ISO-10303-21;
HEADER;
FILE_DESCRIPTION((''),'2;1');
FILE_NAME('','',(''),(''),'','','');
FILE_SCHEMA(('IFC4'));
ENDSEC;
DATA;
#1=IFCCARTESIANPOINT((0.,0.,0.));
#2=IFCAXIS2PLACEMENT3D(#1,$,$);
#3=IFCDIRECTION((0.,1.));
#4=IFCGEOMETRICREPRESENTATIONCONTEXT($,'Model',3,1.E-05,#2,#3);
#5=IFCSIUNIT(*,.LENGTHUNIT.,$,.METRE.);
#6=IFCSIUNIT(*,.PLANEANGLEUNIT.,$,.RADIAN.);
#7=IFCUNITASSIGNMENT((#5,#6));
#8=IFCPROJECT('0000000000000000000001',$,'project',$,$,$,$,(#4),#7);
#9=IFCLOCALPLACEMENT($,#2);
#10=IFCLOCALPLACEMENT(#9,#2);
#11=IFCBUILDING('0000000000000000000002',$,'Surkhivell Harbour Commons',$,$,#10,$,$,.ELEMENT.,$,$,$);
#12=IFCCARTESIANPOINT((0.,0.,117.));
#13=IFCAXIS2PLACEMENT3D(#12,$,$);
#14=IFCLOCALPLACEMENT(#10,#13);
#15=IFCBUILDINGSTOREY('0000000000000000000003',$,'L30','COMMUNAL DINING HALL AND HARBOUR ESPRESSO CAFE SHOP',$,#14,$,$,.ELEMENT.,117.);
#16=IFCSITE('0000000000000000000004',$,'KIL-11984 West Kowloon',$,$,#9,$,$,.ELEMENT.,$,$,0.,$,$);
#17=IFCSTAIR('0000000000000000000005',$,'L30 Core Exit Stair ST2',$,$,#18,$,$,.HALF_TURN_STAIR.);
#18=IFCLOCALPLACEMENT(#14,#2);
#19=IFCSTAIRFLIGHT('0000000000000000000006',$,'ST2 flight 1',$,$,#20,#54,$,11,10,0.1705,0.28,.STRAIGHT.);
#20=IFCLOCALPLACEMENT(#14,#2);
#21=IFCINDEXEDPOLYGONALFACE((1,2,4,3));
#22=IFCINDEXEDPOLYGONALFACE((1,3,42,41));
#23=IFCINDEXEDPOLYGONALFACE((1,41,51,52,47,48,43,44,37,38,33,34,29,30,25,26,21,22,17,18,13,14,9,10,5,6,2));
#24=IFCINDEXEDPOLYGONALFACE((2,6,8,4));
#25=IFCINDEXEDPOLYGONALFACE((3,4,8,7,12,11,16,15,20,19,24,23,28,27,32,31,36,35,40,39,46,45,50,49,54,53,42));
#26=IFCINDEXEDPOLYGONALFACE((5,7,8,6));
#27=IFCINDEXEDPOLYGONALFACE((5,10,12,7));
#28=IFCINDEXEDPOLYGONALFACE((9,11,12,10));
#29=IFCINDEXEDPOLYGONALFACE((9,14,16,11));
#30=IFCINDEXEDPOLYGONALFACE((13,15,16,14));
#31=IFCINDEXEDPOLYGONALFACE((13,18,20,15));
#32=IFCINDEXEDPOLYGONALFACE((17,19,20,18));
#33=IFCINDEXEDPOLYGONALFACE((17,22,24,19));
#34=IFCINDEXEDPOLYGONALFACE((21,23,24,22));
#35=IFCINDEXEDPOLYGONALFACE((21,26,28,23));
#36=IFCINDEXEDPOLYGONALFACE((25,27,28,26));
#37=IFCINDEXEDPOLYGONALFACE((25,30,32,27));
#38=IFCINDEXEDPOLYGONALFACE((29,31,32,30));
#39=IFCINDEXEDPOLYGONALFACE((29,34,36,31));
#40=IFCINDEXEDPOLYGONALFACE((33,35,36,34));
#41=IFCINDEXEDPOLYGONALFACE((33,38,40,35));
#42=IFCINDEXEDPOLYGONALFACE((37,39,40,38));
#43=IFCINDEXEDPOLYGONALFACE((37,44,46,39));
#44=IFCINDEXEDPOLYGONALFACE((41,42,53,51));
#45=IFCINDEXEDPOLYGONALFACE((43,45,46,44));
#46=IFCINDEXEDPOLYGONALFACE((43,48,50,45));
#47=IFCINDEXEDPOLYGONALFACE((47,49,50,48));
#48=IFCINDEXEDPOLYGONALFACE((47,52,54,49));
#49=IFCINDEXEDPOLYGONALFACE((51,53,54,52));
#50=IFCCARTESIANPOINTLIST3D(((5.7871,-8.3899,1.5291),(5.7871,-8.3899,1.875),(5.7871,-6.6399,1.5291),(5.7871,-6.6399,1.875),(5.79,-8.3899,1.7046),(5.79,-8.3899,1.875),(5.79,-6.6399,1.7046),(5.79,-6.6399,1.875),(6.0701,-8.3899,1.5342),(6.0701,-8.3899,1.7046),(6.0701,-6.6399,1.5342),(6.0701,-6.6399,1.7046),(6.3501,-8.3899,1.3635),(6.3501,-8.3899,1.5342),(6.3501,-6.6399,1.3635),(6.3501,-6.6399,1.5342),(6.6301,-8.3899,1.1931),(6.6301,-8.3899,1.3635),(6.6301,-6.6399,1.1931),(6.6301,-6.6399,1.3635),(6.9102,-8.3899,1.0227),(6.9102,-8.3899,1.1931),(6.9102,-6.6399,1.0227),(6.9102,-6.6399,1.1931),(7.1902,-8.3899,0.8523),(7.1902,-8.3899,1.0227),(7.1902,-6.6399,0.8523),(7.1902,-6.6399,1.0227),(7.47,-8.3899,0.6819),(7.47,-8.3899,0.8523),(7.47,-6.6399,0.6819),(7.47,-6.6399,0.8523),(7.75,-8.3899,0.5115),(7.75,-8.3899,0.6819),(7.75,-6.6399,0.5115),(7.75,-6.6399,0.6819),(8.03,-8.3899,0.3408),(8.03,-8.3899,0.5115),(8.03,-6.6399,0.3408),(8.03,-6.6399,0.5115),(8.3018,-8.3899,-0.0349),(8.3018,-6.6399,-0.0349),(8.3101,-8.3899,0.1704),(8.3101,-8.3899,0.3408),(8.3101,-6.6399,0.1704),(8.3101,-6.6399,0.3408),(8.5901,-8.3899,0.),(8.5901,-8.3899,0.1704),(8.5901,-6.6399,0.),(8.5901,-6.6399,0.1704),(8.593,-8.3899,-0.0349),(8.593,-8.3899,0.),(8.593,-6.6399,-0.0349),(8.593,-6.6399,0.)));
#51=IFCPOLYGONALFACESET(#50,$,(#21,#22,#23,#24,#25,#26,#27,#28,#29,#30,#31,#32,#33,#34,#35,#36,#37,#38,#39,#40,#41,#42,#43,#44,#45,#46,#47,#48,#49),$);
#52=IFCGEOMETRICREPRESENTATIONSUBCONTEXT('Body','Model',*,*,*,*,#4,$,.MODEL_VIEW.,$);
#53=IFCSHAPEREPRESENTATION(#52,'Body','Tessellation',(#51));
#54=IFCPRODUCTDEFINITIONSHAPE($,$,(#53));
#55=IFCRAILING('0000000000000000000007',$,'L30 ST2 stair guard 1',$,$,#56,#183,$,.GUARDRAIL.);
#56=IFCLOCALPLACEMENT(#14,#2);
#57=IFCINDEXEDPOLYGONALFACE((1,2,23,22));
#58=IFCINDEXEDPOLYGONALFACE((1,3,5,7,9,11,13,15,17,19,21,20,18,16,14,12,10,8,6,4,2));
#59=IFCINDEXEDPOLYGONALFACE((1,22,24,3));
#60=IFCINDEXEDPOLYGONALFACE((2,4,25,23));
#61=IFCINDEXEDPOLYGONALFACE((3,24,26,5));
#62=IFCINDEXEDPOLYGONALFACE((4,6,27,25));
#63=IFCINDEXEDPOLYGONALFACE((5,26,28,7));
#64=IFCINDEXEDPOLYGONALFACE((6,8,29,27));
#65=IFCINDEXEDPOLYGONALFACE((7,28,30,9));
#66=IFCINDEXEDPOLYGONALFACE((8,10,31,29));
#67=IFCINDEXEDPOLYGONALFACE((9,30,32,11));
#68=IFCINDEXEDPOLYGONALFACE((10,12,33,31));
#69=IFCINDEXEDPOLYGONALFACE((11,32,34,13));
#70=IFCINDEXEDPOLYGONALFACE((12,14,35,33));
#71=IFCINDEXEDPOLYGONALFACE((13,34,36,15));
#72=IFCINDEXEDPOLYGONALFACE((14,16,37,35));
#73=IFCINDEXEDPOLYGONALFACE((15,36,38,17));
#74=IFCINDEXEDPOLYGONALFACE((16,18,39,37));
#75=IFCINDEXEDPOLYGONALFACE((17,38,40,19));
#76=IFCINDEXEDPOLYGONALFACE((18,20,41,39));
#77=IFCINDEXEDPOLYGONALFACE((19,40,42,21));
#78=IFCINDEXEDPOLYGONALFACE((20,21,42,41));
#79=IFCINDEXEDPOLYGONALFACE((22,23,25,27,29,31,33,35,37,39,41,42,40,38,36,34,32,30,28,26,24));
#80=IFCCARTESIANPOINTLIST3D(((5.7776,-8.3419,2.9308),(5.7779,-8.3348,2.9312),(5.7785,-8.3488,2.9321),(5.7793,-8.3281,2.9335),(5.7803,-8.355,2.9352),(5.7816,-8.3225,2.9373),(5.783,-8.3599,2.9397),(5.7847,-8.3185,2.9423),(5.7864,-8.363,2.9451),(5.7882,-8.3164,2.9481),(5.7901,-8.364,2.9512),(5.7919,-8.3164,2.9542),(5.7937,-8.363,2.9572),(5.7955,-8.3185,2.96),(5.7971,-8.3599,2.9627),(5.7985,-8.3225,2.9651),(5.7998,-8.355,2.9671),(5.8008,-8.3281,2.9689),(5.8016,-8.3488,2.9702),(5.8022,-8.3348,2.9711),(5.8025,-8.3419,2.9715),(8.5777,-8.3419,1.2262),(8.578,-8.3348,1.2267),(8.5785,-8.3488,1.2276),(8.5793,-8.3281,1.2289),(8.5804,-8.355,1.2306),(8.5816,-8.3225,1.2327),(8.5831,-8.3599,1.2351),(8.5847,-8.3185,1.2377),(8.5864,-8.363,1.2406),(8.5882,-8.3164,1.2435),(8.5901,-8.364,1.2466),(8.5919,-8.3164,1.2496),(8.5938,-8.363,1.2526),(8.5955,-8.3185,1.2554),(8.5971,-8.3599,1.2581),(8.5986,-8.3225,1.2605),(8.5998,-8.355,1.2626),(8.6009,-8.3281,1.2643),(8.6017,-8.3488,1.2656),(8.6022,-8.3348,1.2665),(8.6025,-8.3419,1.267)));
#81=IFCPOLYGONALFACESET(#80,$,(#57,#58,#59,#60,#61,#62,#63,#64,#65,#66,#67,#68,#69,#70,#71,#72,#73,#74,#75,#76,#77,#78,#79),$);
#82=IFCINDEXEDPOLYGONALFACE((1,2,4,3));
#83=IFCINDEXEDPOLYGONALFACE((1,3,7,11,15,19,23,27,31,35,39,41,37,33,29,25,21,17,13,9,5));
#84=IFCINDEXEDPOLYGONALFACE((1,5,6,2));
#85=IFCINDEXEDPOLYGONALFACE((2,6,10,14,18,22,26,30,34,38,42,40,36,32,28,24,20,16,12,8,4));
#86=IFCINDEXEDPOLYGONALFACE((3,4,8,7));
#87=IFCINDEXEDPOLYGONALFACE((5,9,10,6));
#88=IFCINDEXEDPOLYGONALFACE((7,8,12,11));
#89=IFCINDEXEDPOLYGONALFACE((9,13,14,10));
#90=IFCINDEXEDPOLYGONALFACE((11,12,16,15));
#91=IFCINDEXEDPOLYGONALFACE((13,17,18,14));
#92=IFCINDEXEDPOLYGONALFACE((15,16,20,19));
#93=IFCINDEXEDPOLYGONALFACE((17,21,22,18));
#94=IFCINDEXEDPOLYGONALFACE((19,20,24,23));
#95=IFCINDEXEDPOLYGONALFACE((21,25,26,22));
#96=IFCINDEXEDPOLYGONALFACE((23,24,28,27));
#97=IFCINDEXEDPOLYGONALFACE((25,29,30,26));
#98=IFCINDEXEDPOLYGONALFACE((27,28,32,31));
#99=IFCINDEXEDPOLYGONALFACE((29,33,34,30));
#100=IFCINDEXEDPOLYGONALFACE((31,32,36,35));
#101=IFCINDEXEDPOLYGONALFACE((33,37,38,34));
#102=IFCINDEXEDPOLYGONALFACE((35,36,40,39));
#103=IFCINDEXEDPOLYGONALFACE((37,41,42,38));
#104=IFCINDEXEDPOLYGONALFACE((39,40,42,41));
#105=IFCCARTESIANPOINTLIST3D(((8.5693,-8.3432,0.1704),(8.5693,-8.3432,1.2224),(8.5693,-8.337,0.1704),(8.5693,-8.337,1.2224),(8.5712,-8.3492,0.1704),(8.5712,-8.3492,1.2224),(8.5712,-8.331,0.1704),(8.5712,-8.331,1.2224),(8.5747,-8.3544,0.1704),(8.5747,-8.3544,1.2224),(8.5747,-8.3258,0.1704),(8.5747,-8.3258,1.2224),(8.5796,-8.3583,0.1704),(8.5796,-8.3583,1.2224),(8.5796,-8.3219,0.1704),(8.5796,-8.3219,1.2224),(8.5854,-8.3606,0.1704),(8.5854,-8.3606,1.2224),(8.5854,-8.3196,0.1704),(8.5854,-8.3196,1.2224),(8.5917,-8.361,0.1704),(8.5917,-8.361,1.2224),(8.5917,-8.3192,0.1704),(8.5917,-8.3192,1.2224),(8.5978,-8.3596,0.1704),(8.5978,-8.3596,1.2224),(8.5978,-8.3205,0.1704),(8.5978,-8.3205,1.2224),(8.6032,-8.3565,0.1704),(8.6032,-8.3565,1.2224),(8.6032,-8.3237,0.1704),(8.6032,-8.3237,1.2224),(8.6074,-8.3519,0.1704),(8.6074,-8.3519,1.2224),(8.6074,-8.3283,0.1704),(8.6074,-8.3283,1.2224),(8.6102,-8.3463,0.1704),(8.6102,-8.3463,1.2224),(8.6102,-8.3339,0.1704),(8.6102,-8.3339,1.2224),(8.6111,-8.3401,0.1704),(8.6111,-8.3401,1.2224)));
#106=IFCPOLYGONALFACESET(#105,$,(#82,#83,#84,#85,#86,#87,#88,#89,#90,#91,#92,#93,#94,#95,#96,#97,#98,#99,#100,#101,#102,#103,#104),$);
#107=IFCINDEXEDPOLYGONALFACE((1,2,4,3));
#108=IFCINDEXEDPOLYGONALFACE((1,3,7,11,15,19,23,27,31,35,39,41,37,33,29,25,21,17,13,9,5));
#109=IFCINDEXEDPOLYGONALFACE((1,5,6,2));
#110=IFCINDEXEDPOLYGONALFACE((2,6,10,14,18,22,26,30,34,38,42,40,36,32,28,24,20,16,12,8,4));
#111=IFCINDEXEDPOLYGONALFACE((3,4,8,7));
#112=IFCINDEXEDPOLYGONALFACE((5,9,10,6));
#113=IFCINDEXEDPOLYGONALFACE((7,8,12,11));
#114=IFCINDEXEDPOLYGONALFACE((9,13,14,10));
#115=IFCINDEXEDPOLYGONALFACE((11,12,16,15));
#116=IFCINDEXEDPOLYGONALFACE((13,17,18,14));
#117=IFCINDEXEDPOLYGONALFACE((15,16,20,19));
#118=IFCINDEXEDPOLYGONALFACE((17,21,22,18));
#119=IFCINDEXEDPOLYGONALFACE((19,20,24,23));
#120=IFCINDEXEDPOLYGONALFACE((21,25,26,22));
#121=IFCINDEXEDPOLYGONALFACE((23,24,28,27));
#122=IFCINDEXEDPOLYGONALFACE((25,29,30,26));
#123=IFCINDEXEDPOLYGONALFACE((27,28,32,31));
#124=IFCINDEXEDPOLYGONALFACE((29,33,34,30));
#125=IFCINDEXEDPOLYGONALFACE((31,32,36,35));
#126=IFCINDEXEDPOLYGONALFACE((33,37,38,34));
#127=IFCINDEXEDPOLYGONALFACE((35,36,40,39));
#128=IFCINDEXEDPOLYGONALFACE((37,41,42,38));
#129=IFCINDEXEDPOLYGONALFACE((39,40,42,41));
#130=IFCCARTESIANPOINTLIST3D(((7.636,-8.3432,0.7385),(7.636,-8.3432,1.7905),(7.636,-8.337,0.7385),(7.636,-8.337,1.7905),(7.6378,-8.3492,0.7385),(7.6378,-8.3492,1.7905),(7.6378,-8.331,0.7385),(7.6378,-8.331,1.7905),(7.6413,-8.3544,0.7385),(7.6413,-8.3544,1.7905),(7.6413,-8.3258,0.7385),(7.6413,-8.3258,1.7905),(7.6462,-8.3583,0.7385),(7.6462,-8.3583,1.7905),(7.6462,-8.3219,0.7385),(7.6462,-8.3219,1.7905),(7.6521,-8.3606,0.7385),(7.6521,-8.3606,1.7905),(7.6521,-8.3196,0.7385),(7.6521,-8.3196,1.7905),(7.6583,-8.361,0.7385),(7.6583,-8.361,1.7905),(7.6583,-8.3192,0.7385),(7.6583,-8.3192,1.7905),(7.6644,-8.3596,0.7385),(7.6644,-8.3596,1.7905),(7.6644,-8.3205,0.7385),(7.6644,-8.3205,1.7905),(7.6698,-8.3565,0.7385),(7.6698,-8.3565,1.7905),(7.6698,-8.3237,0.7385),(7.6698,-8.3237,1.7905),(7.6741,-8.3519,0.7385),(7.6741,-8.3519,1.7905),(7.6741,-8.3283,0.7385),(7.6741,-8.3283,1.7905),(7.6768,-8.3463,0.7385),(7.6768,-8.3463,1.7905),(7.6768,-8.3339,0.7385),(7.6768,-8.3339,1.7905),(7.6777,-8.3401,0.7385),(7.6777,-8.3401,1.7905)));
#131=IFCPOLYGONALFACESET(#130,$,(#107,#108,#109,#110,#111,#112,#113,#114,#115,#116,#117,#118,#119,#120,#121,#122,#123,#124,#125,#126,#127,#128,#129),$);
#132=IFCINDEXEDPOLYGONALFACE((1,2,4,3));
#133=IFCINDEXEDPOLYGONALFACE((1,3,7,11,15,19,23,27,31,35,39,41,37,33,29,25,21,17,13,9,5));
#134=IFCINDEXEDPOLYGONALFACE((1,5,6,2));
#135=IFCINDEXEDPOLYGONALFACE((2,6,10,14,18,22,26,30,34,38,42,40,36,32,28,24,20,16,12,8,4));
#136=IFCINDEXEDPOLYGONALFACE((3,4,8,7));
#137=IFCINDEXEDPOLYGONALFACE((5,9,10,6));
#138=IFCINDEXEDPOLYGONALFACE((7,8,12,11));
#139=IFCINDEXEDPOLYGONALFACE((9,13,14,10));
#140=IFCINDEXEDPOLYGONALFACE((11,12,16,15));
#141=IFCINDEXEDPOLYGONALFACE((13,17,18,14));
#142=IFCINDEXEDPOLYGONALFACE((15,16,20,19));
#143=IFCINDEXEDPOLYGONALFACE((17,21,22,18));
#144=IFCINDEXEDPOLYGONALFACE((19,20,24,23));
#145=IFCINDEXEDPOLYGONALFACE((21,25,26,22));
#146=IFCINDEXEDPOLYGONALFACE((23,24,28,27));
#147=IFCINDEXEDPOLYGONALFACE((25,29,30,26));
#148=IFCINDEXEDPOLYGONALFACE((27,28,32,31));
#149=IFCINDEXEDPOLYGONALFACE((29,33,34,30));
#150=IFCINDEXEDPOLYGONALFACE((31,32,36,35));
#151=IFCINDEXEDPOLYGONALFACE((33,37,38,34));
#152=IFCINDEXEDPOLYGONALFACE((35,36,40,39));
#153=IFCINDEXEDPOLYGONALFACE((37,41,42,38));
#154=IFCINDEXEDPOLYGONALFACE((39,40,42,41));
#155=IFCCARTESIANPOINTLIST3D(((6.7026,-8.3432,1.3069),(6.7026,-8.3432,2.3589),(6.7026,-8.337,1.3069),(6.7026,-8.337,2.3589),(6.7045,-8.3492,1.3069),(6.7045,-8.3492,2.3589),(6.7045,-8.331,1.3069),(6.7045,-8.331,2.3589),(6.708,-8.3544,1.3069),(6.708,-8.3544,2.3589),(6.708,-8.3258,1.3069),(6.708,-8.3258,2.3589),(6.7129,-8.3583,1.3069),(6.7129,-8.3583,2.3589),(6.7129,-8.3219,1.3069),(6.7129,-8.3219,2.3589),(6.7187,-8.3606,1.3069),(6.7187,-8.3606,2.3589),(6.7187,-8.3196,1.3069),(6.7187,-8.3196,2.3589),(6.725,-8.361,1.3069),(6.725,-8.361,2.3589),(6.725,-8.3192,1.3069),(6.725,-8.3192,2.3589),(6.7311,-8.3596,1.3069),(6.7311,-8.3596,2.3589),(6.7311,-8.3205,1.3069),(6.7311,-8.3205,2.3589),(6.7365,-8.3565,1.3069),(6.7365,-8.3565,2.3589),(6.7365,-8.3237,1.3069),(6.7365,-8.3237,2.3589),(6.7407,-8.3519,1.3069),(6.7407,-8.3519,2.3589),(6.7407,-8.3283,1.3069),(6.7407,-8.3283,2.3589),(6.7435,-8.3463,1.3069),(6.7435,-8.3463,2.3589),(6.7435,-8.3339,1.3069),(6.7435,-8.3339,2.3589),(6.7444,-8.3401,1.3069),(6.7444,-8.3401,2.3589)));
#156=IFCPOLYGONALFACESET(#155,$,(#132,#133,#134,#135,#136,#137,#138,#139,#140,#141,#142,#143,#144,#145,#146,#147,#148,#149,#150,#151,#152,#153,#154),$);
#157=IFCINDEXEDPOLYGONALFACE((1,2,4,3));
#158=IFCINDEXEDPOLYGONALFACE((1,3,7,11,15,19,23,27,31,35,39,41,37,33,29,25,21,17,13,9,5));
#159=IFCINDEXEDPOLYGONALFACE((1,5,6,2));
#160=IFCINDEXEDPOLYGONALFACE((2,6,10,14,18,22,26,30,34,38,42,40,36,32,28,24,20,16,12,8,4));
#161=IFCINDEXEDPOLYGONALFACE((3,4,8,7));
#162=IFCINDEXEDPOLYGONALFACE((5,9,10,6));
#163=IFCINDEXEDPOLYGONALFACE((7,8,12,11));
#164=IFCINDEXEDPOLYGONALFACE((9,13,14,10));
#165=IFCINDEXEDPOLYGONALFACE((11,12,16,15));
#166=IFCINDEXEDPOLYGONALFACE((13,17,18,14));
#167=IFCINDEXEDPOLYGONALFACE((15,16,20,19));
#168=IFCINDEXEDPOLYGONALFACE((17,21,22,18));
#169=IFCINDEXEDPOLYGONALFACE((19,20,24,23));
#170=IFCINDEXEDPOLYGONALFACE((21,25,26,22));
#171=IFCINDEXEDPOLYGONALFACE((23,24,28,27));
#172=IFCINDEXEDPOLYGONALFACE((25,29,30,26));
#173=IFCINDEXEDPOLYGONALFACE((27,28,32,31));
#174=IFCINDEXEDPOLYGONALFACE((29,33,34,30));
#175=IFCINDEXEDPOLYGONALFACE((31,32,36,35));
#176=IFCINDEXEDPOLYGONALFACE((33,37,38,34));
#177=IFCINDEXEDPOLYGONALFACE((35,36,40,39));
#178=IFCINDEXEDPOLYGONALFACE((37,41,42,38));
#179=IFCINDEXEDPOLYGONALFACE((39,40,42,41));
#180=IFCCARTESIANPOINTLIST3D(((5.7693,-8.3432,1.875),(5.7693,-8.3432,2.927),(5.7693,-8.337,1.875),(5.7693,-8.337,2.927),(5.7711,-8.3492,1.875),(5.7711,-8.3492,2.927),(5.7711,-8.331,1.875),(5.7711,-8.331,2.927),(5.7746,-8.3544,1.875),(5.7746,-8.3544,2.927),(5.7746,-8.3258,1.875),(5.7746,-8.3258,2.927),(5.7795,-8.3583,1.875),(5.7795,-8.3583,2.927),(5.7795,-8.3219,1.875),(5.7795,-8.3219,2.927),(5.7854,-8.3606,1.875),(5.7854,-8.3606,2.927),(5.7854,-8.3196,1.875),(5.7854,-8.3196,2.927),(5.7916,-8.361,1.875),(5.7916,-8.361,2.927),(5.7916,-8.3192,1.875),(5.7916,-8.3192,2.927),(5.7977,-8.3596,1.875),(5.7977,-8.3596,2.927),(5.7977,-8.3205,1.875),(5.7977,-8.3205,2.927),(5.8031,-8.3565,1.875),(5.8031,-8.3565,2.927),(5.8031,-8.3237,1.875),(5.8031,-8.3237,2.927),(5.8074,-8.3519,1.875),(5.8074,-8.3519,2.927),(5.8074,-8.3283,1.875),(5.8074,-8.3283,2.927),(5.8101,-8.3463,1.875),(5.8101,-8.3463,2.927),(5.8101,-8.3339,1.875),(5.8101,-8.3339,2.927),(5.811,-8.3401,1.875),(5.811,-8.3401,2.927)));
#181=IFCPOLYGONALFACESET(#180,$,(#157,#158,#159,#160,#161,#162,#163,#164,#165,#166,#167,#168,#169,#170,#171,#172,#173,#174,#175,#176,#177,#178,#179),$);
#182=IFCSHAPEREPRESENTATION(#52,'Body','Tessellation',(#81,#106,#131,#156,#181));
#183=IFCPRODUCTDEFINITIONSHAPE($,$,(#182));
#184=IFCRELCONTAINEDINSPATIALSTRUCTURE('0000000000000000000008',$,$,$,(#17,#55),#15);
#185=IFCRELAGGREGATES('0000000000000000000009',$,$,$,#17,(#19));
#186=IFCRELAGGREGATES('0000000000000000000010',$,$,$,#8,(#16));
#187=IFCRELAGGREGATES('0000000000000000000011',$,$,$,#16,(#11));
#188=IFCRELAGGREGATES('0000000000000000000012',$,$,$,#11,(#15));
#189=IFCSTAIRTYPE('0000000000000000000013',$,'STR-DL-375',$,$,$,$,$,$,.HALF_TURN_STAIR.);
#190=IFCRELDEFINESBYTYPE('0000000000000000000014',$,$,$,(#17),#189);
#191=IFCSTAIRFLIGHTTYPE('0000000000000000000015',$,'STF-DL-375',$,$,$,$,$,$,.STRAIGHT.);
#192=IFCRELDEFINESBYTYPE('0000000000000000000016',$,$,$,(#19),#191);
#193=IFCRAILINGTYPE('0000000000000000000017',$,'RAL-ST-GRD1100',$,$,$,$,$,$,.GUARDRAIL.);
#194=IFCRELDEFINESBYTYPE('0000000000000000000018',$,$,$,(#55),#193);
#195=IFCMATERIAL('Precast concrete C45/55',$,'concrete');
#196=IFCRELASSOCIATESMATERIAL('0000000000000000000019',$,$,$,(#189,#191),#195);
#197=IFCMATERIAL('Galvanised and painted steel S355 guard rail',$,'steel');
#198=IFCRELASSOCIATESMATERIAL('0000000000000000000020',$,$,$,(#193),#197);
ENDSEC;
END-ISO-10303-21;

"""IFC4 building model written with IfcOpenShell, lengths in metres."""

from ifc_helpers import new_model, si_unit, direction, frame, origin, origin_2d, place, context, subcontext, project, spatial, polyline, circle, outline, extrude, material, type_object, element, aggregate, save


model = new_model("IFC4")

# Units and contexts
model_context = context("Model", 3, precision=1e-05, world=origin(), true_north=direction((0.0, 1.0)))
body_context = subcontext(model_context, "Body", "Model", "MODEL_VIEW")
ifc_project = project(units=[si_unit("LENGTHUNIT", "METRE"), si_unit("PLANEANGLEUNIT", "RADIAN")], contexts=[model_context])

# Site, building, storey
site_placement = place(None, origin())
site = spatial("IfcSite", under=ifc_project, at=site_placement, Name="KIL-11984 West Kowloon", CompositionType="ELEMENT", RefElevation=0.0)
building_placement = place(site_placement, origin())
building = spatial("IfcBuilding", under=site, at=building_placement, Name="Surkhivell Harbour Commons", CompositionType="ELEMENT")
storey_placement = place(building_placement, frame((0.0, 0.0, 117.0)))
storey = spatial("IfcBuildingStorey", under=building, at=storey_placement, Name="L30", Description="COMMUNAL DINING HALL AND HARBOUR ESPRESSO CAFE SHOP", CompositionType="ELEMENT", Elevation=117.0)

# Stair, stair flight
ifc_material_1 = material(Name="Precast concrete C45/55", Category="concrete")
stair_type = type_object("IfcStairType", Name="STR-DL-375", PredefinedType="HALF_TURN_STAIR", material=ifc_material_1)
stair_placement = place(storey_placement, origin())
stair = element("IfcStair", 1, at=stair_placement, inside=storey, type_object=stair_type, Name="L30 Core Exit Stair ST2", PredefinedType="HALF_TURN_STAIR")
stair_flight_type = type_object("IfcStairFlightType", Name="STF-DL-375", PredefinedType="STRAIGHT", material=ifc_material_1)
stair_flight_placement = place(storey_placement, frame((8.5901, -7.5149, 0.0), z_axis=(0.0, 0.0, 1.0), x_axis=(-1.0, 0.0, 0.0)))
stair_flight = element("IfcStairFlight", 2, at=stair_flight_placement, type_object=stair_flight_type, Name="ST2 flight 1", NumberOfRisers=11, NumberOfTreads=10, PredefinedType="STRAIGHT", RiserHeight=0.1705, TreadLength=0.28, context=body_context, shape_type="SweptSolid", body=[
    extrude(outline(polyline([(-0.0029, -0.0349), (-0.0029, 0.0), (0.0, 0.0), (0.0, 0.1704), (0.28, 0.1704), (0.28, 0.3408), (0.5601, 0.3408), (0.5601, 0.5115), (0.8401, 0.5115), (0.8401, 0.6819), (1.1201, 0.6819), (1.1201, 0.8523), (1.3999, 0.8523), (1.3999, 1.0227), (1.6799, 1.0227), (1.6799, 1.1931), (1.96, 1.1931), (1.96, 1.3635), (2.24, 1.3635), (2.24, 1.5342), (2.52, 1.5342), (2.52, 1.7046), (2.8, 1.7046), (2.8, 1.875), (2.803, 1.875), (2.803, 1.5291), (0.2883, -0.0349), (-0.0029, -0.0349)])), frame((0.0, 0.875, 0.0), z_axis=(0.0, -1.0, 0.0), x_axis=(1.0, 0.0, 0.0)), (0.0, 0.0, 1.0), 1.75),
])
aggregate(stair, [stair_flight])

# Railing
ifc_material_2 = material(Name="Galvanised and painted steel S355 guard rail", Category="steel")
railing_type = type_object("IfcRailingType", Name="RAL-ST-GRD1100", PredefinedType="GUARDRAIL", material=ifc_material_2)
railing_1_placement = place(storey_placement, frame((8.5901, -8.3401, 0.1704)))
element("IfcRailing", 3, at=railing_1_placement, inside=storey, type_object=railing_type, Name="L30 ST2 stair guard 1", PredefinedType="GUARDRAIL", context=body_context, shape_type="SweptSolid", body=[
    extrude(circle(Radius=0.0239, at=origin_2d()), frame((0.0, 0.0, 1.0762), z_axis=(-0.85417, 0.0, 0.519994), x_axis=(0.0, -1.0, 0.0)), (0.0, 0.0, 1.0), 3.2781),
    extrude(circle(Radius=0.021, at=origin_2d()), origin(), (0.0, 0.0, 1.0), 1.052),
    extrude(circle(Radius=0.021, at=origin_2d()), frame((-0.9333, 0.0, 0.5681)), (0.0, 0.0, 1.0), 1.052),
    extrude(circle(Radius=0.021, at=origin_2d()), frame((-1.8667, 0.0, 1.1365)), (0.0, 0.0, 1.0), 1.052),
    extrude(circle(Radius=0.021, at=origin_2d()), frame((-2.8, 0.0, 1.7046)), (0.0, 0.0, 1.0), 1.052),
])

save(model, "model.ifc")
